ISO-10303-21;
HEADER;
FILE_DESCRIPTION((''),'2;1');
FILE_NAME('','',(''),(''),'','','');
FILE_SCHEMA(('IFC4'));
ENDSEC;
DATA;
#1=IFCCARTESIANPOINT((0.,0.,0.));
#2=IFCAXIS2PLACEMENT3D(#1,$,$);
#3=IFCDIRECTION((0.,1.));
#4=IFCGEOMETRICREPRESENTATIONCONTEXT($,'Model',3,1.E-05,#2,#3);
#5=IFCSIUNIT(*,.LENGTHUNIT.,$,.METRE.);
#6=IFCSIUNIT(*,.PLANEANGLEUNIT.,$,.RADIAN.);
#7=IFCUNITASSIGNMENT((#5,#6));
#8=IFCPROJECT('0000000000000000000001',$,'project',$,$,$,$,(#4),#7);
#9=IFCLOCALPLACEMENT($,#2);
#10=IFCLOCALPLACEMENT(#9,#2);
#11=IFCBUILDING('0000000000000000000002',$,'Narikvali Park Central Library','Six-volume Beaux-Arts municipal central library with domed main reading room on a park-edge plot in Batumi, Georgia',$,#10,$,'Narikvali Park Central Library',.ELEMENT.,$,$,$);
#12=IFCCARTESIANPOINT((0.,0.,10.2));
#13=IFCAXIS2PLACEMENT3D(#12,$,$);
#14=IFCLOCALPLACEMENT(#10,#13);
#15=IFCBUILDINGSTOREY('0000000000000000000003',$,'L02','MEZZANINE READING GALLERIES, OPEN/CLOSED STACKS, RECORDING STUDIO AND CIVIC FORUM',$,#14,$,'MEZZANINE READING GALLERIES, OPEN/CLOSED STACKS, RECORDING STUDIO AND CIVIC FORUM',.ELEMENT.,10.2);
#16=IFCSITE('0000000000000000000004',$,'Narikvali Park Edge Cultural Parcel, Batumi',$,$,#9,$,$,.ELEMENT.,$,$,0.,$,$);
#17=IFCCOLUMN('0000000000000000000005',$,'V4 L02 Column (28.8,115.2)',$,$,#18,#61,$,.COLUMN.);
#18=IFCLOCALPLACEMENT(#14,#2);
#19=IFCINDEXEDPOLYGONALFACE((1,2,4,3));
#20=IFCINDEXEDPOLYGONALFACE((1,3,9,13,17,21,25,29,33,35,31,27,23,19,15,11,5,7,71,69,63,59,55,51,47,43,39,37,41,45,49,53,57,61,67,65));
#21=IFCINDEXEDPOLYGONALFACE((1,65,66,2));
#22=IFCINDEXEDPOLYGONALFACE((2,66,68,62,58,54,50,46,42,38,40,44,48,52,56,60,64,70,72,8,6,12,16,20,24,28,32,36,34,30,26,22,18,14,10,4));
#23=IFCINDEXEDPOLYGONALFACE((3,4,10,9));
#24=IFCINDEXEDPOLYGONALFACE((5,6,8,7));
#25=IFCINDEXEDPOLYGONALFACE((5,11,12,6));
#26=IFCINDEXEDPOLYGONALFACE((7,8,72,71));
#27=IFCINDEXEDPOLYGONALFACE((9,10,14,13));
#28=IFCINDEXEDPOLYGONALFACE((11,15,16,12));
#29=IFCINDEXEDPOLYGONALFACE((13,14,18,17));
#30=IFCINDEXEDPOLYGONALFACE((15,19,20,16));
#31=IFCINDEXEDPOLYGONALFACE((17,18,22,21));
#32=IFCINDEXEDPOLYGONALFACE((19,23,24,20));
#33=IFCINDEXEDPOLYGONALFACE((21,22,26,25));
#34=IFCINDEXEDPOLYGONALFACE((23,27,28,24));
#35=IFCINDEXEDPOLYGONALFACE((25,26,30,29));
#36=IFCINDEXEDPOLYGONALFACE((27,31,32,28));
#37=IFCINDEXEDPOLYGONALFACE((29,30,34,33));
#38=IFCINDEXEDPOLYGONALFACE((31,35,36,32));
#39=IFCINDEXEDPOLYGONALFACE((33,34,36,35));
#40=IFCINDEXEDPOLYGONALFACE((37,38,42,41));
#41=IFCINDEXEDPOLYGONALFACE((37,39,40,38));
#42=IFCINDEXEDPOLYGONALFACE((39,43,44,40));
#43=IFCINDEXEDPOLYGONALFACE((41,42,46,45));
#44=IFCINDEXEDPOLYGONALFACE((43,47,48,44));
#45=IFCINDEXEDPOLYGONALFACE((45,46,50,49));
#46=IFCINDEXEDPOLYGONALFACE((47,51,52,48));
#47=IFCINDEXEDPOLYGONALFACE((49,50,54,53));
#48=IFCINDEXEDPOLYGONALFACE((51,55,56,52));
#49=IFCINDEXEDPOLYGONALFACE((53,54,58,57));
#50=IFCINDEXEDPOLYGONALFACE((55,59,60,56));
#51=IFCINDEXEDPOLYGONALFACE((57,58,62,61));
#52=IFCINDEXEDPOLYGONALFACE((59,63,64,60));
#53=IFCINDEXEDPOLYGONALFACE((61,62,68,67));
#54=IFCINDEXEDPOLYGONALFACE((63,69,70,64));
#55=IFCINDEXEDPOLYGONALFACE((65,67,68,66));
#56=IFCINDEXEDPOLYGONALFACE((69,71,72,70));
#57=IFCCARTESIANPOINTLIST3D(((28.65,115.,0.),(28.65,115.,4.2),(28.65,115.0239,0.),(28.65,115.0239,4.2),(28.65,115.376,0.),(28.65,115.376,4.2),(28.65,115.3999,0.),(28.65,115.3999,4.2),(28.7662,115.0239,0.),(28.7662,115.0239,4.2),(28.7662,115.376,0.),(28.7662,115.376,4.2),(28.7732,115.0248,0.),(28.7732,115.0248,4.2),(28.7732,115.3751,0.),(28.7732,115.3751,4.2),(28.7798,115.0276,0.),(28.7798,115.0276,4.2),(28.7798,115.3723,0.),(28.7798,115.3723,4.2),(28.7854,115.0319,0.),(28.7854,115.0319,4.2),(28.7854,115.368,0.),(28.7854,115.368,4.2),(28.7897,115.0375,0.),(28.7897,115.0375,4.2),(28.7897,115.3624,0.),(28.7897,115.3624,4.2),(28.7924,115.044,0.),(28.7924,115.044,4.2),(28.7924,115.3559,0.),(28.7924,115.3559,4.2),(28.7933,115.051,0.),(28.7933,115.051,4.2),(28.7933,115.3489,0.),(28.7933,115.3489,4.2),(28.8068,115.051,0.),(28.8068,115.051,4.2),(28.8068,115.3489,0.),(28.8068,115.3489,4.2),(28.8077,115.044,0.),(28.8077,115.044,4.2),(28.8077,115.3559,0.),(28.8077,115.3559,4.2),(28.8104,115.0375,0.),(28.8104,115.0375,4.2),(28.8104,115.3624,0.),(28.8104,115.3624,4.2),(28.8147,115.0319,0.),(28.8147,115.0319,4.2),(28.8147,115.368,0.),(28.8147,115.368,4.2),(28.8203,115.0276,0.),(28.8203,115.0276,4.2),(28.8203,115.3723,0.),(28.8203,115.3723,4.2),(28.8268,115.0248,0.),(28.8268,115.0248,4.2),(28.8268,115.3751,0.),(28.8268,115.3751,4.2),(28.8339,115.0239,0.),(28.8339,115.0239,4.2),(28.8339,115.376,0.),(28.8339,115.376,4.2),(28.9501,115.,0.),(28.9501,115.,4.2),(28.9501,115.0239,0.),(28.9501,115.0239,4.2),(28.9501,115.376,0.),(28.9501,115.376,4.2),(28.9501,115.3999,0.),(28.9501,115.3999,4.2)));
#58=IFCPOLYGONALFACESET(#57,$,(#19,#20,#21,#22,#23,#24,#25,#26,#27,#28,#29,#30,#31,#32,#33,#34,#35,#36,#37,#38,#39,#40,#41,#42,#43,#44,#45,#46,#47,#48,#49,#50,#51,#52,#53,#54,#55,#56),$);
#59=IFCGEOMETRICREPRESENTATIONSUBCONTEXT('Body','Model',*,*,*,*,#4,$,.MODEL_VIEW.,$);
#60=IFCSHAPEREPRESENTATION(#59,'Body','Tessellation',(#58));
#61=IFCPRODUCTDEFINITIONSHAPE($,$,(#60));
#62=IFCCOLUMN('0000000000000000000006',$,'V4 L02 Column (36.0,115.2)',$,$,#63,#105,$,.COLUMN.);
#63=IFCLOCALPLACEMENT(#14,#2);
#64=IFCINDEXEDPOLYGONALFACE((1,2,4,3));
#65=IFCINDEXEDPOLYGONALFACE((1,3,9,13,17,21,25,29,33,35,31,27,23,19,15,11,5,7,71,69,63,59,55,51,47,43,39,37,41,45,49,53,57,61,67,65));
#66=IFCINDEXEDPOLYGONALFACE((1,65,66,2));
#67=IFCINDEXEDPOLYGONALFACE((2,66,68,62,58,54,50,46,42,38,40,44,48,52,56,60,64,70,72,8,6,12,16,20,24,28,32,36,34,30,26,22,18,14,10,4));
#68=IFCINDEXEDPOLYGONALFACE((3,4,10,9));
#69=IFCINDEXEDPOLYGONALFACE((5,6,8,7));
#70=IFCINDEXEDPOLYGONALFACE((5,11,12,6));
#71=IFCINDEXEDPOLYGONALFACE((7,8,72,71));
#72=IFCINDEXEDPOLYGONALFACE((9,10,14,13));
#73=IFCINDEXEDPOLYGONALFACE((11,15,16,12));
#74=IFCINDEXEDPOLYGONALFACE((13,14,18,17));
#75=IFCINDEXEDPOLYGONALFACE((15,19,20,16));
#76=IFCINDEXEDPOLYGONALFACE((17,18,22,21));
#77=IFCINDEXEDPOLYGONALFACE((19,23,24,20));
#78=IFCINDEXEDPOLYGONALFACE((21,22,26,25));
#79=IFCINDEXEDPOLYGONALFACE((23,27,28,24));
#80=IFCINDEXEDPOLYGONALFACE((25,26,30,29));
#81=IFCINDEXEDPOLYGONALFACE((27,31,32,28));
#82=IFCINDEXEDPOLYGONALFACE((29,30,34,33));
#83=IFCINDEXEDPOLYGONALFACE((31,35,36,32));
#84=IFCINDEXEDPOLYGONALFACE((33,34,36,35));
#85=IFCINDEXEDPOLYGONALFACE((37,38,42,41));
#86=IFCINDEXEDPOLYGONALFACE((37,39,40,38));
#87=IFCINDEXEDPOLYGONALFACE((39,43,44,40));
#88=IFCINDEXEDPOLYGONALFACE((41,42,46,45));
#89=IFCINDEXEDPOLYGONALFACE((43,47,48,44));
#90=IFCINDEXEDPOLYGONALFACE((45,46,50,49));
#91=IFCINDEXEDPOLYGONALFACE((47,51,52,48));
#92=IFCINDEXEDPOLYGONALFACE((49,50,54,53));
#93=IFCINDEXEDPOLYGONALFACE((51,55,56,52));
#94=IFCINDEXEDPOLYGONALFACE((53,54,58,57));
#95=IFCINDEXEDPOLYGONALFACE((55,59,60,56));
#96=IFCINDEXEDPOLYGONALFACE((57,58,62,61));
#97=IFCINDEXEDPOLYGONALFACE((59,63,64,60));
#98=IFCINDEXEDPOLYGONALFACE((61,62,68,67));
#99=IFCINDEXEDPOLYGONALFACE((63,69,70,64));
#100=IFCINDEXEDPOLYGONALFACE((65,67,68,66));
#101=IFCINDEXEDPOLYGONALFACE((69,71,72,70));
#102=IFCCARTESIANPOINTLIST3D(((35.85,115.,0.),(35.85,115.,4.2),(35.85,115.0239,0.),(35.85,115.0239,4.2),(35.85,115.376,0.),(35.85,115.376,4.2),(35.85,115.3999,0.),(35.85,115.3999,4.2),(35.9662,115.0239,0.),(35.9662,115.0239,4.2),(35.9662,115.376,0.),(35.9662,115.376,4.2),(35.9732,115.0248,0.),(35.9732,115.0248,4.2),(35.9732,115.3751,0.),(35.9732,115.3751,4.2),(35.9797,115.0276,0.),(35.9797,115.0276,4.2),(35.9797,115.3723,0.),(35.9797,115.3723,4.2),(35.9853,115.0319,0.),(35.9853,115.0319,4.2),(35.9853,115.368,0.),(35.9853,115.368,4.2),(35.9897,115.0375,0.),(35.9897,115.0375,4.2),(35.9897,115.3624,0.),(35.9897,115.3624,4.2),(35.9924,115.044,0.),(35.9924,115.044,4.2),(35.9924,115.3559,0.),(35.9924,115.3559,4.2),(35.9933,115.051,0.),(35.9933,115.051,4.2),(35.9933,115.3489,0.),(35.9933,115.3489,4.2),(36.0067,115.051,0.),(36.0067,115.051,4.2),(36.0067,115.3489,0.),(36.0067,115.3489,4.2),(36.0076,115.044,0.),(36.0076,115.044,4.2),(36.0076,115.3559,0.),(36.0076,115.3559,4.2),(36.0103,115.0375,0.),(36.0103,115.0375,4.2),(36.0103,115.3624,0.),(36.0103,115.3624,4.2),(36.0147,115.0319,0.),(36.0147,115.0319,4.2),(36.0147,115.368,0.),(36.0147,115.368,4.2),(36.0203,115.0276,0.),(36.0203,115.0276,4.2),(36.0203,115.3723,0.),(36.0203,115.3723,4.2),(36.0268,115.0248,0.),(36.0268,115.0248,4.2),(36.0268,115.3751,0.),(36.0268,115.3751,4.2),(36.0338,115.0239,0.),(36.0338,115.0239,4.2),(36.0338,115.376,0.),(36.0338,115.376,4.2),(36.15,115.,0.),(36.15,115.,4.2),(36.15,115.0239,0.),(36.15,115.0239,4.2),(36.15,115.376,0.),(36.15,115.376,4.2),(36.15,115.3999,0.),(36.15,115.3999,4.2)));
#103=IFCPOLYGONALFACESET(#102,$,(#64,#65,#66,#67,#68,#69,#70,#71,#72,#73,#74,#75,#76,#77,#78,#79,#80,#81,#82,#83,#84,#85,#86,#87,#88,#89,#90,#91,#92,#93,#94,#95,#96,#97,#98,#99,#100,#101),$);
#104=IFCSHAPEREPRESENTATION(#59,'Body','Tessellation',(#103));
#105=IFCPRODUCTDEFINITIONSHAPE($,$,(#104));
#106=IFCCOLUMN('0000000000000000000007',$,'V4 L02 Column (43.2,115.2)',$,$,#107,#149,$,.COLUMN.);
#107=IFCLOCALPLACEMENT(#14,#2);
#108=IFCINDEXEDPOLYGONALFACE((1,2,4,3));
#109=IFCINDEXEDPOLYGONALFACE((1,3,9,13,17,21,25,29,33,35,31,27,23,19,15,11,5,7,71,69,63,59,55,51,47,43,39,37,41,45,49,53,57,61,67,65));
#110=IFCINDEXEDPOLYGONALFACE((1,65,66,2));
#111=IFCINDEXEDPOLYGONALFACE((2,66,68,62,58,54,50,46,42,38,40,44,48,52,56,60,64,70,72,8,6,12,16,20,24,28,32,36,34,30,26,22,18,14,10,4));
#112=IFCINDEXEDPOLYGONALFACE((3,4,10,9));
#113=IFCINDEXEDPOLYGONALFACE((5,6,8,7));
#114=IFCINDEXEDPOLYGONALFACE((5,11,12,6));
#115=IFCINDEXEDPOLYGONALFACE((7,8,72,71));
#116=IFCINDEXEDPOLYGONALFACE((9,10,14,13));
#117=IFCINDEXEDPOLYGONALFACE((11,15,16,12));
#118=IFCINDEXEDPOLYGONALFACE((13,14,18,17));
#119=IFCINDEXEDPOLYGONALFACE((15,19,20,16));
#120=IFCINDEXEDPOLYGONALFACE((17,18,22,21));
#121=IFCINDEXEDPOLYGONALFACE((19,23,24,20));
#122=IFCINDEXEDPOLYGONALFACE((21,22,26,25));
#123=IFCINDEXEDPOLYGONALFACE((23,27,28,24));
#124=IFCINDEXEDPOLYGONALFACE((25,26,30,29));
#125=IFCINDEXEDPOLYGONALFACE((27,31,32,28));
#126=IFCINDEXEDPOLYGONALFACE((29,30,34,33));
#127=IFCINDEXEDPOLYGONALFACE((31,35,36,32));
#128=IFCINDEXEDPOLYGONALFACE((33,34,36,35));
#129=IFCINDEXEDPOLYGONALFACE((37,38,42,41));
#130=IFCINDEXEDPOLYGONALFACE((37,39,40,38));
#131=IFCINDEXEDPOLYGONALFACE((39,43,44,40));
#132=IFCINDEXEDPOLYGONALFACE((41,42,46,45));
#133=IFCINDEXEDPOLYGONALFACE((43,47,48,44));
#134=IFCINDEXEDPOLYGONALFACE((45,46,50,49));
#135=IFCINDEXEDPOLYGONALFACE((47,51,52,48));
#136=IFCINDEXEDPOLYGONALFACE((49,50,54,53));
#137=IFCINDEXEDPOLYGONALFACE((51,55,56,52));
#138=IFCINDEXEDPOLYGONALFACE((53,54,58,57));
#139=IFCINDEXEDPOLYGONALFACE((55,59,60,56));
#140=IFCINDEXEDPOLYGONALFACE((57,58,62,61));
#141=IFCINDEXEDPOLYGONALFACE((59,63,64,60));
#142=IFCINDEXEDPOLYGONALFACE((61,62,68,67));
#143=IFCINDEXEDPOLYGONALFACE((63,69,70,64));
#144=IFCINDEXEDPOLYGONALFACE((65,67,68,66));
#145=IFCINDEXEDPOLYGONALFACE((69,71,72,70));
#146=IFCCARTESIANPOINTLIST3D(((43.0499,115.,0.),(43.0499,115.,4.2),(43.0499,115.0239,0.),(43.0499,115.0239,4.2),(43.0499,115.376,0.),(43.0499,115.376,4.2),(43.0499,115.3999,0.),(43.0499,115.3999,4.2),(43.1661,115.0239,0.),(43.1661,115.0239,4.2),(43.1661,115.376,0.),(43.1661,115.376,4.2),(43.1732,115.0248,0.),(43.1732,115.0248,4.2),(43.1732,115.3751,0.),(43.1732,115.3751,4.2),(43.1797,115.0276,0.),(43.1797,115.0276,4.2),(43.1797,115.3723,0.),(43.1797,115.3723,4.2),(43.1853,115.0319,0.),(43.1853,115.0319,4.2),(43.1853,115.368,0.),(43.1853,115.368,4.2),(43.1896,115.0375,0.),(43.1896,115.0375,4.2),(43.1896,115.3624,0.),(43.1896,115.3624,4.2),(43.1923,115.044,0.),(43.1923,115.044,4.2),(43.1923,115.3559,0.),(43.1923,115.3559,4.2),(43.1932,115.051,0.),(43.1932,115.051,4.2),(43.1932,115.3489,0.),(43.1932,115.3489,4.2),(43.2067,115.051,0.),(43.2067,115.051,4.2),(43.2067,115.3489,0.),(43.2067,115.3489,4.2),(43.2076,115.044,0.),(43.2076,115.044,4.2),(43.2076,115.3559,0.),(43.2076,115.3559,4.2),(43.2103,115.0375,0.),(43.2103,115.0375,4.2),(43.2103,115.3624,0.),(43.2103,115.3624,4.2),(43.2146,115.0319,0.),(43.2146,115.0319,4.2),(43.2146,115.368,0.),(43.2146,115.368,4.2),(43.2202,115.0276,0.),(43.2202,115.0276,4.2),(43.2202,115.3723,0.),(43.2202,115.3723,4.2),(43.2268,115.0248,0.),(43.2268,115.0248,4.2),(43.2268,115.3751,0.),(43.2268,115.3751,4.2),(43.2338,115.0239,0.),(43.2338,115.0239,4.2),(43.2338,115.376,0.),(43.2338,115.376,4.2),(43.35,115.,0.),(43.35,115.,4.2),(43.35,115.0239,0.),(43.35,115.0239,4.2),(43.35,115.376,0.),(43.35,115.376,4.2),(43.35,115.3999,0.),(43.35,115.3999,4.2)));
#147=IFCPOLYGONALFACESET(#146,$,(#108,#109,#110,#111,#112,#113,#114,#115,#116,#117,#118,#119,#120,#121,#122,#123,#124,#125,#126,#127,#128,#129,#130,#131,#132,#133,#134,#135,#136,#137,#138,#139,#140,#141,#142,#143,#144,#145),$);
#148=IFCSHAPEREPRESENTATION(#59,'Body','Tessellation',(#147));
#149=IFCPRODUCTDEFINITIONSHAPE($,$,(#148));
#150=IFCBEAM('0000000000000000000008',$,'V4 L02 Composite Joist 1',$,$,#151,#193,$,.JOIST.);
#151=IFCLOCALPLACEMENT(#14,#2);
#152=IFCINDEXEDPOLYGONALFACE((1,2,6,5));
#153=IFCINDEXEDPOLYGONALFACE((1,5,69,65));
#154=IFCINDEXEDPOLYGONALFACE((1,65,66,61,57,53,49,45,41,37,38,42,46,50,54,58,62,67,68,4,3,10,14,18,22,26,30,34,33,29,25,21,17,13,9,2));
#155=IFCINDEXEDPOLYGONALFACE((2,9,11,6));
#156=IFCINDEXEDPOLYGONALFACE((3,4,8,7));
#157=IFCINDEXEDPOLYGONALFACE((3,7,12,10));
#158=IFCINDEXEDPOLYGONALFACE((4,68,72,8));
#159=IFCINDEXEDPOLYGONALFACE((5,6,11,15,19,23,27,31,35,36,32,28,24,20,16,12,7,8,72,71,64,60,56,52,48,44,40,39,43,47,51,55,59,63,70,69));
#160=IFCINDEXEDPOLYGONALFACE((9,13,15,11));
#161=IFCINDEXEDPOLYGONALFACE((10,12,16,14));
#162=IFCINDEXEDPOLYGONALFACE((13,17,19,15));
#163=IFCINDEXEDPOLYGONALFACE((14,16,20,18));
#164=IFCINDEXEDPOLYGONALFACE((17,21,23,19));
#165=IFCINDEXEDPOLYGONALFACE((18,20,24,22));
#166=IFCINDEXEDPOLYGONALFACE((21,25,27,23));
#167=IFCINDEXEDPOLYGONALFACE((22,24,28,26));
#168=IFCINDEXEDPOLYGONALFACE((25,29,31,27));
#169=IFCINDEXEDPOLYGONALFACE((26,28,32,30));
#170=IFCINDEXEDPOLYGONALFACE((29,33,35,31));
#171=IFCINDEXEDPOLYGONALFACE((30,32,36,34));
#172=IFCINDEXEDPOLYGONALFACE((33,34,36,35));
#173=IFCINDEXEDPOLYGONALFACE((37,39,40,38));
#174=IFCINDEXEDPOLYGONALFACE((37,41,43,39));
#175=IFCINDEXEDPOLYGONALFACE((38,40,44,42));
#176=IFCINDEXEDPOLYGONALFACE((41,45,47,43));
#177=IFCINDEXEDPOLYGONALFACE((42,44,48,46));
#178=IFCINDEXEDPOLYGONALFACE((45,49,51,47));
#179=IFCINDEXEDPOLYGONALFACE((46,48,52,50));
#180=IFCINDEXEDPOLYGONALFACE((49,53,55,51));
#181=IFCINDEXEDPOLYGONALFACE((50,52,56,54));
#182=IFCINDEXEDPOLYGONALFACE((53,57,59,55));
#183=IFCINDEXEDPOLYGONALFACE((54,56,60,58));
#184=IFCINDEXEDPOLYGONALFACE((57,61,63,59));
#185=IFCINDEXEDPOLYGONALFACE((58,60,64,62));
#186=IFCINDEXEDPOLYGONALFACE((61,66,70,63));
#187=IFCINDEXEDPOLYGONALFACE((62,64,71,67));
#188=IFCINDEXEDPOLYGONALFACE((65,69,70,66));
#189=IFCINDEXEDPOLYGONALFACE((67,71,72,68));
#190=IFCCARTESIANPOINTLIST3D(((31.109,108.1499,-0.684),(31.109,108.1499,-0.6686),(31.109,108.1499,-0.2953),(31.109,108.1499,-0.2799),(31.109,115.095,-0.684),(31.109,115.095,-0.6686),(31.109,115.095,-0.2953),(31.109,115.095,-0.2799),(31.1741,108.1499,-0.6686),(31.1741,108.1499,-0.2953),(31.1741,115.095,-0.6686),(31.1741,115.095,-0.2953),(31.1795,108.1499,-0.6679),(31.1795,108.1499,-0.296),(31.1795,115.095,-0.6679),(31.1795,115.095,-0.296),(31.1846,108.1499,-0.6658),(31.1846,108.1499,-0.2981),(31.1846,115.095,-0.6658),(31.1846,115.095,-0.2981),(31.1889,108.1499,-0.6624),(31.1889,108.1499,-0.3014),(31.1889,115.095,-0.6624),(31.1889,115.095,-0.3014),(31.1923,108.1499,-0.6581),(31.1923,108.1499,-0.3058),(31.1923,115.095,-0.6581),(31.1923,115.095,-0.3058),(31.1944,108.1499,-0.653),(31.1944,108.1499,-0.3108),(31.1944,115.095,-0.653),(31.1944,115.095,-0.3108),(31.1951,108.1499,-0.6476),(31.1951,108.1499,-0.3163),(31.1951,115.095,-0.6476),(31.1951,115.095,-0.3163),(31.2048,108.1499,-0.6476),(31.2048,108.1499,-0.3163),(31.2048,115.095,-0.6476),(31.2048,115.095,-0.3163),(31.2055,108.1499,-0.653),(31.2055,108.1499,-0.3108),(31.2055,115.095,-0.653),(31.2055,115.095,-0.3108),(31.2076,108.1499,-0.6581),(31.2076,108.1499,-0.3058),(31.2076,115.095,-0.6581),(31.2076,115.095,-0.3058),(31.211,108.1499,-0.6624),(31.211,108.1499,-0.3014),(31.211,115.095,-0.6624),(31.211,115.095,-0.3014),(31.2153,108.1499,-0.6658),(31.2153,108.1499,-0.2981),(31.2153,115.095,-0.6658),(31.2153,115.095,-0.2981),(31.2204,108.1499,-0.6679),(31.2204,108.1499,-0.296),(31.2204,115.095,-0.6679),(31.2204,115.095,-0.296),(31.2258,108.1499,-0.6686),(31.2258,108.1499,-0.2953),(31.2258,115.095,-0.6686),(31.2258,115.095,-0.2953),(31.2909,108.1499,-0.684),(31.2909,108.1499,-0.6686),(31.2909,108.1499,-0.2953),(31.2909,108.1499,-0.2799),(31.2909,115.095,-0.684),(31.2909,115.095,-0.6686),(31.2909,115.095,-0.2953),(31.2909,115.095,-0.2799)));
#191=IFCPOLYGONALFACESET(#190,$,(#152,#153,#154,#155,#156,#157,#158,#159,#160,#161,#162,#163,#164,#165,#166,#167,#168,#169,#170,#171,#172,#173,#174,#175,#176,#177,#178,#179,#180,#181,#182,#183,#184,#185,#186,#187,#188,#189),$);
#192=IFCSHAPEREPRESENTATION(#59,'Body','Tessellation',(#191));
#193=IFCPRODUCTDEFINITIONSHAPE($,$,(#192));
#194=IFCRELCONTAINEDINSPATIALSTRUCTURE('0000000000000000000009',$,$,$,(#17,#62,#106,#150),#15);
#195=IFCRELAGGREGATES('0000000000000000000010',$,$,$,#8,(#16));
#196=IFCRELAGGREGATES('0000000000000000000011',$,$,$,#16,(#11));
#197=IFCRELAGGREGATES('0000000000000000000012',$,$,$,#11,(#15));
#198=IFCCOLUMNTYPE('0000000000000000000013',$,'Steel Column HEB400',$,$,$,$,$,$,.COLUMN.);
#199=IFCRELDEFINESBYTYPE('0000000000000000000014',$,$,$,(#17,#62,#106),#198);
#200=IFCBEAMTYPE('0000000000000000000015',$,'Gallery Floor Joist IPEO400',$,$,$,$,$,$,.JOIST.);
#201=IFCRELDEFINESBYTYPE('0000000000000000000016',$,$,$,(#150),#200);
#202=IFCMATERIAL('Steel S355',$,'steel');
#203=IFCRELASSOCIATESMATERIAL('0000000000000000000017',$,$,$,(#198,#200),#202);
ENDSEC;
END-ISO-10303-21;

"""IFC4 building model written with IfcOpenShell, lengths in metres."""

from ifc_helpers import new_model, si_unit, direction, frame, origin, origin_2d, place, context, subcontext, project, spatial, i_section, extrude, material, material_profile, profile_set, type_object, element, save


model = new_model("IFC4")

# Units and contexts
model_context = context("Model", 3, precision=1e-05, world=origin(), true_north=direction((0.0, 1.0)))
body_context = subcontext(model_context, "Body", "Model", "MODEL_VIEW")
ifc_project = project(units=[si_unit("LENGTHUNIT", "METRE"), si_unit("PLANEANGLEUNIT", "RADIAN")], contexts=[model_context])

# Site, building, storey
site_placement = place(None, origin())
site = spatial("IfcSite", under=ifc_project, at=site_placement, Name="Narikvali Park Edge Cultural Parcel, Batumi", CompositionType="ELEMENT", RefElevation=0.0)
building_placement = place(site_placement, origin())
building = spatial("IfcBuilding", under=site, at=building_placement, Name="Narikvali Park Central Library", Description="Six-volume Beaux-Arts municipal central library with domed main reading room on a park-edge plot in Batumi, Georgia", LongName="Narikvali Park Central Library", CompositionType="ELEMENT")
storey_placement = place(building_placement, frame((0.0, 0.0, 10.2)))
storey = spatial("IfcBuildingStorey", under=building, at=storey_placement, Name="L02", Description="MEZZANINE READING GALLERIES, OPEN/CLOSED STACKS, RECORDING STUDIO AND CIVIC FORUM", LongName="MEZZANINE READING GALLERIES, OPEN/CLOSED STACKS, RECORDING STUDIO AND CIVIC FORUM", CompositionType="ELEMENT", Elevation=10.2)

# Columns
ifc_material_1 = material(Name="Steel S355", Category="steel")
ifc_material_profile_1 = material_profile(ifc_material_1, i_section(OverallWidth=0.3, OverallDepth=0.3999, WebThickness=0.0134, FlangeThickness=0.0239, FilletRadius=0.0271, at=origin_2d()), Name="HEB 400")
ifc_profile_set_1 = profile_set([ifc_material_profile_1], Name="Steel S355")
column_type = type_object("IfcColumnType", Name="Steel Column HEB400", PredefinedType="COLUMN", material=ifc_profile_set_1)
for number, where, z_axis, x_axis, name in (
    (1, (28.8, 115.2, 0.0), (0.0, 0.0, 1.0), (1.0, 0.0, 0.0), "V4 L02 Column (28.8,115.2)"),
    (2, (36.0, 115.2, 0.0), (0.0, 0.0, 1.0), (1.0, 0.0, 0.0), "V4 L02 Column (36.0,115.2)"),
    (3, (43.2, 115.2, 0.0), (0.0, 0.0, 1.0), (1.0, 0.0, 0.0), "V4 L02 Column (43.2,115.2)"),
):
    element("IfcColumn", number, at=place(storey_placement, frame(where, z_axis=z_axis, x_axis=x_axis)), inside=storey, type_object=column_type, Name=name, PredefinedType="COLUMN", context=body_context, shape_type="SweptSolid", body=[
        extrude(i_section(OverallWidth=0.3, OverallDepth=0.3999, WebThickness=0.0134, FlangeThickness=0.0239, FilletRadius=0.0271, at=origin_2d()), origin(), (0.0, 0.0, 1.0), 4.2),
    ])

# Beam
ifc_material_profile_2 = material_profile(ifc_material_1, i_section(OverallWidth=0.1819, OverallDepth=0.4041, WebThickness=0.0098, FlangeThickness=0.0154, FilletRadius=0.021, at=origin_2d()), Name="IPEO 400")
ifc_profile_set_2 = profile_set([ifc_material_profile_2], Name="Steel S355")
beam_type_1 = type_object("IfcBeamType", Name="Gallery Floor Joist IPEO400", PredefinedType="JOIST", material=ifc_profile_set_2)
for number, where, z_axis, x_axis, name in (
    (4, (31.2, 108.1499, -0.4819), (0.0, 1.0, 0.0), (-1.0, 0.0, 0.0), "V4 L02 Composite Joist 1"),
):
    element("IfcBeam", number, at=place(storey_placement, frame(where, z_axis=z_axis, x_axis=x_axis)), inside=storey, type_object=beam_type_1, Name=name, PredefinedType="JOIST", context=body_context, shape_type="SweptSolid", body=[
        extrude(i_section(OverallWidth=0.1819, OverallDepth=0.4041, WebThickness=0.0098, FlangeThickness=0.0154, FilletRadius=0.021, at=origin_2d()), origin(), (0.0, 0.0, 1.0), 6.9451),
    ])

save(model, "model.ifc")
